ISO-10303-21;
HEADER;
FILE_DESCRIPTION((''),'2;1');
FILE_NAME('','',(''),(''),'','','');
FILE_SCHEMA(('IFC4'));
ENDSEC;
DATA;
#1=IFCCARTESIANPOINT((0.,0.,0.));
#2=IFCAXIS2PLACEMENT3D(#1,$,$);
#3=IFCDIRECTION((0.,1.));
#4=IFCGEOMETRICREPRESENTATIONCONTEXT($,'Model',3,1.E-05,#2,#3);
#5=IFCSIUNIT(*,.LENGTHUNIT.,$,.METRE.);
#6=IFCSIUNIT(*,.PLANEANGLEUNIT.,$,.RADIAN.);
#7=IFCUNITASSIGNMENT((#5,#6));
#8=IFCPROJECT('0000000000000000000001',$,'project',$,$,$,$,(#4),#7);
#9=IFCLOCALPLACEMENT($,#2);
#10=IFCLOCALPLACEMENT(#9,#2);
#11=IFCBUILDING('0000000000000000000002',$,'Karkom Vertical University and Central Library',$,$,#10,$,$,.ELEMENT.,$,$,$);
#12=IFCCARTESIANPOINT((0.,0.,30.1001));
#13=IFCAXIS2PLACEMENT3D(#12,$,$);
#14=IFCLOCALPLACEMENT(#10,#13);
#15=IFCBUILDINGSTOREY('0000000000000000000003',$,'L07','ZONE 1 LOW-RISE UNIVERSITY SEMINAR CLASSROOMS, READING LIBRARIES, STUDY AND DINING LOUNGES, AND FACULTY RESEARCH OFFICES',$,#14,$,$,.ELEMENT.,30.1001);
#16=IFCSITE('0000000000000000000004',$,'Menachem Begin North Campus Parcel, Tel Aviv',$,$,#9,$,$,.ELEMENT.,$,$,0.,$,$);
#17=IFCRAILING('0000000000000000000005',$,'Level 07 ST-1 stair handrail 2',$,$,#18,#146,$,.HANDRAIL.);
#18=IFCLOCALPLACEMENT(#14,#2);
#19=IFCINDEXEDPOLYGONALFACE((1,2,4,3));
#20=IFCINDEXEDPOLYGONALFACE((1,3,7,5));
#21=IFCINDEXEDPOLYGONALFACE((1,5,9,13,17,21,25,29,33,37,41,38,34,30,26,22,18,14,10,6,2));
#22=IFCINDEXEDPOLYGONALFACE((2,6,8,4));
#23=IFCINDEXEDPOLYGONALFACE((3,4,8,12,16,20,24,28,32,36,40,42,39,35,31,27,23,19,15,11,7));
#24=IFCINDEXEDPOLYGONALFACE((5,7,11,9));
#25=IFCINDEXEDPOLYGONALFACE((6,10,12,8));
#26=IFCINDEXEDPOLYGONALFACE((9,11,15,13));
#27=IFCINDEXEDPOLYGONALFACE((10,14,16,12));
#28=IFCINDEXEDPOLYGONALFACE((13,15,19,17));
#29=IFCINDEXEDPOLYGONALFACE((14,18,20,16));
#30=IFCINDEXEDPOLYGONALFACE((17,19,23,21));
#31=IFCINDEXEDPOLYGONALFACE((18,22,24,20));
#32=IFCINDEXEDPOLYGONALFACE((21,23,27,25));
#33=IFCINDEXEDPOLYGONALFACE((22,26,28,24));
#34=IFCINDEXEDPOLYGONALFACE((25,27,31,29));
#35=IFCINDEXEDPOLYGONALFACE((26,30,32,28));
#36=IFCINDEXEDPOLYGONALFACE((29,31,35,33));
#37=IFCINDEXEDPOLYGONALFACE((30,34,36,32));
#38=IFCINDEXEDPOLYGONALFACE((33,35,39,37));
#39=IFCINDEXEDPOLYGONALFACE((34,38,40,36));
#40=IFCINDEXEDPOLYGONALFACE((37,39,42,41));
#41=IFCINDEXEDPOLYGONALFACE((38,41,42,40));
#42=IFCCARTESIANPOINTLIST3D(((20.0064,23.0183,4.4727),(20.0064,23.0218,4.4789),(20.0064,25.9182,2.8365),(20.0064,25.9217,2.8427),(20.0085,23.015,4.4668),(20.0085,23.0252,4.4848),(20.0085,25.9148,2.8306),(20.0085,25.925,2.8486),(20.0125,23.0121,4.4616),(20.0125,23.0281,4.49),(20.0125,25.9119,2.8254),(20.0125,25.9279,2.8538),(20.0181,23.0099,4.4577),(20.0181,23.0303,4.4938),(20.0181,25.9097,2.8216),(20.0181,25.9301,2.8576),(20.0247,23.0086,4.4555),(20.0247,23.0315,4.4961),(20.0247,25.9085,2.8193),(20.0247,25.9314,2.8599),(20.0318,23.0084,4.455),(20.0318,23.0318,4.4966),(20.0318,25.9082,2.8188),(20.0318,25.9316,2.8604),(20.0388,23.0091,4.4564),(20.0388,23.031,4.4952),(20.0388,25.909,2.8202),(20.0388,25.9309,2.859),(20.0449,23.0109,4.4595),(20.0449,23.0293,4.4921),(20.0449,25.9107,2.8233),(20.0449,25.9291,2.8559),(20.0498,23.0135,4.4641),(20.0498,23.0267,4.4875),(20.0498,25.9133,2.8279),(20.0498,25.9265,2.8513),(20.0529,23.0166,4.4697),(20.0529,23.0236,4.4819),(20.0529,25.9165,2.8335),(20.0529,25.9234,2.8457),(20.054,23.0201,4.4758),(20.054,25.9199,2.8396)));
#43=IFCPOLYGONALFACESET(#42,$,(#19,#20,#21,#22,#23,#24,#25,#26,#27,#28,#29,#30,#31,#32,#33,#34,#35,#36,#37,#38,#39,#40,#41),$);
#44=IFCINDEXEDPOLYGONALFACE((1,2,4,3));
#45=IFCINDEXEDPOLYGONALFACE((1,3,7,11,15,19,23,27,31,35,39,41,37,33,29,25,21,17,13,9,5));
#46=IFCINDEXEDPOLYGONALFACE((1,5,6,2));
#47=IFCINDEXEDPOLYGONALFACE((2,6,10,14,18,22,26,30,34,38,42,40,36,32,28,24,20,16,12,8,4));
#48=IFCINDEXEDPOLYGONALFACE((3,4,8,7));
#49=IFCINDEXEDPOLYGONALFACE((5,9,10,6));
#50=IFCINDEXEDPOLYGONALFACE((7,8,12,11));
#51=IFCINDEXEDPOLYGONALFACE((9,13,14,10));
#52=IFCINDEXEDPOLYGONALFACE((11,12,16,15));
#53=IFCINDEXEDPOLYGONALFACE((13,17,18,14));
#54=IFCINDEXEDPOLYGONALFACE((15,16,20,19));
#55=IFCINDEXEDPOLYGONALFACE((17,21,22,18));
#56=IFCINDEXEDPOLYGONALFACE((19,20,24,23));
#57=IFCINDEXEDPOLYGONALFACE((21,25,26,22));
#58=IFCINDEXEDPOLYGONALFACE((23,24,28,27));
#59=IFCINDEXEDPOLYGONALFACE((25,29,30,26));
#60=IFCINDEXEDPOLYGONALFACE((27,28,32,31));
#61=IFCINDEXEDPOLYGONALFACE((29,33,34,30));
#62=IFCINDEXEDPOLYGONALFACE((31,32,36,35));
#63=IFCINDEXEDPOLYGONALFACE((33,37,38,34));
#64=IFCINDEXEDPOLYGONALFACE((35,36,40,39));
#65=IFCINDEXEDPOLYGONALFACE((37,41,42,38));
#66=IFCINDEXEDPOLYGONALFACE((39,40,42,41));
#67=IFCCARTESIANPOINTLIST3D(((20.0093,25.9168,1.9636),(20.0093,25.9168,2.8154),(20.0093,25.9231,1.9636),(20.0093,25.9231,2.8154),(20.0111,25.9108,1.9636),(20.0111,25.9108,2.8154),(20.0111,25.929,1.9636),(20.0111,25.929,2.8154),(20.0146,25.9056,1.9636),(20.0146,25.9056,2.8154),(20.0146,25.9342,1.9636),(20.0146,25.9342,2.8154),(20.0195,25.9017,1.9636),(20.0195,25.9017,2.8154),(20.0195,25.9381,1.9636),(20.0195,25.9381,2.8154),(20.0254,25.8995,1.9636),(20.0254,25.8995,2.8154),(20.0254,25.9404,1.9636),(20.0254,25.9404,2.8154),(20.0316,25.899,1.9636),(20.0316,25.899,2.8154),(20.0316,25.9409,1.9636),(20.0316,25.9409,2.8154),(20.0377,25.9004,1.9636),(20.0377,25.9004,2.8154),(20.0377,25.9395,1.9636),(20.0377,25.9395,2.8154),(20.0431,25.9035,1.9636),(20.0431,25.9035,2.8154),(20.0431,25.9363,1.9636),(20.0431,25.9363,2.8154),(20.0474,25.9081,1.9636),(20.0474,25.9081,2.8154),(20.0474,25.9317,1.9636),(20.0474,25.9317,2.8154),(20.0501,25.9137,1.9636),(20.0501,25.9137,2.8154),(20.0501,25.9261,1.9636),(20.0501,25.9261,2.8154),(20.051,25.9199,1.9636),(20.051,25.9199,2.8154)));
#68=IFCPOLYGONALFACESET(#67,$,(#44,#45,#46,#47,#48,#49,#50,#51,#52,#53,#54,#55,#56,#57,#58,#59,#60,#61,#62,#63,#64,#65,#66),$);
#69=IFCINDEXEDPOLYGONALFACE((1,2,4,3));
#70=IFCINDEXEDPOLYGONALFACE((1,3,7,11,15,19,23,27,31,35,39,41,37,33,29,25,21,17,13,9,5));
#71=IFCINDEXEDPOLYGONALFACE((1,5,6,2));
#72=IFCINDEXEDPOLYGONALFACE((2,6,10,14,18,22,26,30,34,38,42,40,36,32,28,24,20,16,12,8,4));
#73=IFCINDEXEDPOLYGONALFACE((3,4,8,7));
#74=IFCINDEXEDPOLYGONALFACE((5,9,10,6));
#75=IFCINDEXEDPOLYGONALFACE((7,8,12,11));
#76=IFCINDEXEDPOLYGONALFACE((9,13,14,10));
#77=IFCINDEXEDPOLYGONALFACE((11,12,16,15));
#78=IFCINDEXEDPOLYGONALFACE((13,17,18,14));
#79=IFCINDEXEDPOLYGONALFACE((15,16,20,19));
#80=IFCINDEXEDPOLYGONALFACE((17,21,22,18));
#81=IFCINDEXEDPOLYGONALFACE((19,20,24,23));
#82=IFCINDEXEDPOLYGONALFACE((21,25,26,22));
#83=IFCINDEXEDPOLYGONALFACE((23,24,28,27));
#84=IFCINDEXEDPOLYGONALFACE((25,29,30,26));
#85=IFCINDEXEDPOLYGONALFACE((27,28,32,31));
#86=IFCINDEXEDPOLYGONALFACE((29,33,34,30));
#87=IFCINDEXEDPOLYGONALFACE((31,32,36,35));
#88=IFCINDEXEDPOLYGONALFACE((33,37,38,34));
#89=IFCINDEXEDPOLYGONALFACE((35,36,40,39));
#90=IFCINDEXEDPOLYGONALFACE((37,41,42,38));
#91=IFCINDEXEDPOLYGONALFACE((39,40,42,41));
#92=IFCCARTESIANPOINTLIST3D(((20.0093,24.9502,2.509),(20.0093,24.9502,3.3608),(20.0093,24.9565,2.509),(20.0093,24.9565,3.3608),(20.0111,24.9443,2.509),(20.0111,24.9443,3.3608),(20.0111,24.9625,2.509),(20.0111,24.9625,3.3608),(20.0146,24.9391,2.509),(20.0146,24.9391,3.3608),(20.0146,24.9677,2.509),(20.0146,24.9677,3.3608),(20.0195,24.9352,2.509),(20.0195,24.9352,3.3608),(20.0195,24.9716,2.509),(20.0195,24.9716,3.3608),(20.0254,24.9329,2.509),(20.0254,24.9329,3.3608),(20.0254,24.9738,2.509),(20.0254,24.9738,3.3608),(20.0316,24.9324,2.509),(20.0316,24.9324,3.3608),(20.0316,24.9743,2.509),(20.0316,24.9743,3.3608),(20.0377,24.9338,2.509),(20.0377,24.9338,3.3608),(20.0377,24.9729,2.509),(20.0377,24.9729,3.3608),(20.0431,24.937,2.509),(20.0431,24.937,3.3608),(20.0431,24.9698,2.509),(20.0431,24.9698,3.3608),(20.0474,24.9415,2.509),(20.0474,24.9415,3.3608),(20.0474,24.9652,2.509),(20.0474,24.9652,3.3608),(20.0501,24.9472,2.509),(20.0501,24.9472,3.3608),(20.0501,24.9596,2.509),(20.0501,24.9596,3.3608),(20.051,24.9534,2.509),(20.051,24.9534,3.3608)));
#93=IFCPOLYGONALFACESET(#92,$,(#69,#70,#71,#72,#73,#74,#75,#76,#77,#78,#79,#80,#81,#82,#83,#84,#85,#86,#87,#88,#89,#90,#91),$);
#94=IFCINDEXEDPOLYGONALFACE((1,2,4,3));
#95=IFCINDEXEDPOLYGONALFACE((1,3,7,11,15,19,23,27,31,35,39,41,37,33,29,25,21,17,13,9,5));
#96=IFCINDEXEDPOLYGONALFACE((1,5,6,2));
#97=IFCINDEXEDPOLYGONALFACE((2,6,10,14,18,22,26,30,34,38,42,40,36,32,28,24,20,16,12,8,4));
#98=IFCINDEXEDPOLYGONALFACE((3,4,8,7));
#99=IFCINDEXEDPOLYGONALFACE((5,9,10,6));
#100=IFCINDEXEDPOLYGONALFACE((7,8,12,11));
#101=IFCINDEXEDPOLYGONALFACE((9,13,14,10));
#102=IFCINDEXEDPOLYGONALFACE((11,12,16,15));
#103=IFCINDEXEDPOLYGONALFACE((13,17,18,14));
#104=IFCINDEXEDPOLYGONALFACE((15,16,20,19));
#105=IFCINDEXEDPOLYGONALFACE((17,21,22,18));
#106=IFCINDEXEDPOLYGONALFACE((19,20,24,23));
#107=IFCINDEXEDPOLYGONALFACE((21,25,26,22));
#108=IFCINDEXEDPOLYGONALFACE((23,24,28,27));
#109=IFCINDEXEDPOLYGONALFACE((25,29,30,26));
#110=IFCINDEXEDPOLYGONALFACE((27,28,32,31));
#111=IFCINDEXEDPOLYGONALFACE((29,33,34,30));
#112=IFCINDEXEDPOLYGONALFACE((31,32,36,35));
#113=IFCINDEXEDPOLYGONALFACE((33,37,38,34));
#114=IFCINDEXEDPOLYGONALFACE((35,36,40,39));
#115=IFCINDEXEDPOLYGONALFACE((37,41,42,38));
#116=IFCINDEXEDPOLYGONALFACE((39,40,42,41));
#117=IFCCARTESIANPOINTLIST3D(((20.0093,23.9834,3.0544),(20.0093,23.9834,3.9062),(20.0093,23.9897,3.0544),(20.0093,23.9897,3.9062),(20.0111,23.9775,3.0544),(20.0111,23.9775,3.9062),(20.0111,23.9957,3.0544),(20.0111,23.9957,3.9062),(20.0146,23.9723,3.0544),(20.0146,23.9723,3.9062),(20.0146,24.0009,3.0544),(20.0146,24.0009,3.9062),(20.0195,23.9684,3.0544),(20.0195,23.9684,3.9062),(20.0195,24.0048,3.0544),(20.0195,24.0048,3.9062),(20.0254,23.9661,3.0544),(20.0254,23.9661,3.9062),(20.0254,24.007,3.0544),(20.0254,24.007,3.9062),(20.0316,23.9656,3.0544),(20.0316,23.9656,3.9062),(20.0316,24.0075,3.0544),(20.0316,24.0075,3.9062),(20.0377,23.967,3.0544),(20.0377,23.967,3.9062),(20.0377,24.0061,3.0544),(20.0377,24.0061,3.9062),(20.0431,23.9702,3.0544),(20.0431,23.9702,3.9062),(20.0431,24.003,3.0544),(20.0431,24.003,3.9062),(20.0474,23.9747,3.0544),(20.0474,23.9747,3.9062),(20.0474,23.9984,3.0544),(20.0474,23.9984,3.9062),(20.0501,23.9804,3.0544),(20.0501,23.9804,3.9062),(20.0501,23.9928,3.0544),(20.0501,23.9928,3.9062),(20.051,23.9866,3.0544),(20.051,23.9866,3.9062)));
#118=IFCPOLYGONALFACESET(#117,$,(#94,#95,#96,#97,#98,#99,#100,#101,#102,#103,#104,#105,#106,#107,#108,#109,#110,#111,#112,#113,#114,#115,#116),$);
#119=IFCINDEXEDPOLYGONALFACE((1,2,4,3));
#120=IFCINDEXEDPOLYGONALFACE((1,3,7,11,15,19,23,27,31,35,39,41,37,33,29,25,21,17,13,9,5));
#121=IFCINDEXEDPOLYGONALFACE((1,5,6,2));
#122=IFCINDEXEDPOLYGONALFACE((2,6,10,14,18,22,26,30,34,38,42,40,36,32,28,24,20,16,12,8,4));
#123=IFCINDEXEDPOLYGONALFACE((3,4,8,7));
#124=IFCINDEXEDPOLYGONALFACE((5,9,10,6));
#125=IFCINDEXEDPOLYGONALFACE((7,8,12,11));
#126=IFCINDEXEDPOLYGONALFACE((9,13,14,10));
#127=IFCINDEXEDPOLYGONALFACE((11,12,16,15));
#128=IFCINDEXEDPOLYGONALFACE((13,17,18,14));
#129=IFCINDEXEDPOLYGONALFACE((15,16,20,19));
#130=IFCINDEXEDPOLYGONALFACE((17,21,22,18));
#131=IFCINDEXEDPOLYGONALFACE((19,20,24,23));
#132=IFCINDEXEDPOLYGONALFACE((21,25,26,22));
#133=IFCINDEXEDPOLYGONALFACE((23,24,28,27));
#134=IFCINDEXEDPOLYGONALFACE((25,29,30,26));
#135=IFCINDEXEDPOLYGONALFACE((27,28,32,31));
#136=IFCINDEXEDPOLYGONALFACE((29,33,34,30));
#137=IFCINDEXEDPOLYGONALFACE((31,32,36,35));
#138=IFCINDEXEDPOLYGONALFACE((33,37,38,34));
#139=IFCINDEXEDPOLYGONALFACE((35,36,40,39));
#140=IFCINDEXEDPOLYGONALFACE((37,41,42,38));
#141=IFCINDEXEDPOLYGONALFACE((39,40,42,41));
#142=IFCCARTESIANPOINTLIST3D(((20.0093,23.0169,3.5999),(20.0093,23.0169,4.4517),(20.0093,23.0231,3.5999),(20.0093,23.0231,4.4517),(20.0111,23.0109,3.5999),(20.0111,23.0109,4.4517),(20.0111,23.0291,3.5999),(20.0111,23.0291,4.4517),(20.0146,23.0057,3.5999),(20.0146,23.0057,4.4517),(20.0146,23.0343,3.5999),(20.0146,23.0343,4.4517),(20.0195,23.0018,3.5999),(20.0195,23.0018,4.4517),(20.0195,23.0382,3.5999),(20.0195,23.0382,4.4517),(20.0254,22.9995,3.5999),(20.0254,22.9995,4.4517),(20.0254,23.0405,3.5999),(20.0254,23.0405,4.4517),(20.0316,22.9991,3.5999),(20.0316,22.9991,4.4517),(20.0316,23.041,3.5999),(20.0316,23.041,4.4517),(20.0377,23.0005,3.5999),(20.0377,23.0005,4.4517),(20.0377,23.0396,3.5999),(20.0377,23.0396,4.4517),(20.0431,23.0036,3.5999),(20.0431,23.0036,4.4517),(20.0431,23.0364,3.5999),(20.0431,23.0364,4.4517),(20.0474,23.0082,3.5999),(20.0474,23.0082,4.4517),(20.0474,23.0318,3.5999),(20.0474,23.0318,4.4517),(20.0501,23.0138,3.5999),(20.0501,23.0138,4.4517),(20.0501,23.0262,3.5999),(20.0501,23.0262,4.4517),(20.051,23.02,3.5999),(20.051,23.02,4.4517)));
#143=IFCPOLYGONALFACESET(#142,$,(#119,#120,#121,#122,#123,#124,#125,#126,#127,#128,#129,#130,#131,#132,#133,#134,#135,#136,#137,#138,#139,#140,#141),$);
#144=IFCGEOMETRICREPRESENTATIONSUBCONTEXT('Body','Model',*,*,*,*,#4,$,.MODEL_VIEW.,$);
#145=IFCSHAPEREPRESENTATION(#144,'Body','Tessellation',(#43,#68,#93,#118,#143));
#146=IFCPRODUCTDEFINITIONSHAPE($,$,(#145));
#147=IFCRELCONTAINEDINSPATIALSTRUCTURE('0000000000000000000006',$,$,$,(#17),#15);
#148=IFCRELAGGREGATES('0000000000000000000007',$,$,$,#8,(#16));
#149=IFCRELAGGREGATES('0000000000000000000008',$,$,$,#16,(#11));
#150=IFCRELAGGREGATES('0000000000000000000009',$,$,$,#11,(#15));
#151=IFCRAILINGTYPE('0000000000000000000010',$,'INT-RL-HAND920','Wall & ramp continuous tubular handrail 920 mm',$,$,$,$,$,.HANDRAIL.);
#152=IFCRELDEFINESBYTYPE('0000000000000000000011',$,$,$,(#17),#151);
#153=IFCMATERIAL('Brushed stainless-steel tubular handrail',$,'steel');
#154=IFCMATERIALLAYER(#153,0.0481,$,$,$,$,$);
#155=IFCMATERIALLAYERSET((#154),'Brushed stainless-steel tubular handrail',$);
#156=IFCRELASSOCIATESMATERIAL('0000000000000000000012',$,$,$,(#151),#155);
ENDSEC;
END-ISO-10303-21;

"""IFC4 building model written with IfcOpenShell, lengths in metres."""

from ifc_helpers import new_model, si_unit, direction, frame, origin, origin_2d, place, context, subcontext, project, spatial, circle, extrude, material, layer, layer_set, type_object, element, save


model = new_model("IFC4")

# Units and contexts
model_context = context("Model", 3, precision=1e-05, world=origin(), true_north=direction((0.0, 1.0)))
body_context = subcontext(model_context, "Body", "Model", "MODEL_VIEW")
ifc_project = project(units=[si_unit("LENGTHUNIT", "METRE"), si_unit("PLANEANGLEUNIT", "RADIAN")], contexts=[model_context])

# Site, building, storey
site_placement = place(None, origin())
site = spatial("IfcSite", under=ifc_project, at=site_placement, Name="Menachem Begin North Campus Parcel, Tel Aviv", CompositionType="ELEMENT", RefElevation=0.0)
building_placement = place(site_placement, origin())
building = spatial("IfcBuilding", under=site, at=building_placement, Name="Karkom Vertical University and Central Library", CompositionType="ELEMENT")
storey_placement = place(building_placement, frame((0.0, 0.0, 30.1001)))
storey = spatial("IfcBuildingStorey", under=building, at=storey_placement, Name="L07", Description="ZONE 1 LOW-RISE UNIVERSITY SEMINAR CLASSROOMS, READING LIBRARIES, STUDY AND DINING LOUNGES, AND FACULTY RESEARCH OFFICES", CompositionType="ELEMENT", Elevation=30.1001)

# Railing
ifc_material_1 = material(Name="Brushed stainless-steel tubular handrail", Category="steel")
ifc_layer_1 = layer(ifc_material_1, 0.0481)
ifc_layer_set_1 = layer_set([ifc_layer_1], Name="Brushed stainless-steel tubular handrail")
railing_type_1 = type_object("IfcRailingType", Name="INT-RL-HAND920", Description="Wall & ramp continuous tubular handrail 920 mm", PredefinedType="HANDRAIL", material=ifc_layer_set_1)
railing_1_placement = place(storey_placement, frame((20.03, 25.9199, 1.9636)))
element("IfcRailing", 1, at=railing_1_placement, inside=storey, type_object=railing_type_1, Name="Level 07 ST-1 stair handrail 2", PredefinedType="HANDRAIL", context=body_context, shape_type="SweptSolid", body=[
    extrude(circle(Radius=0.0239, at=origin_2d()), frame((0.0, 0.0, 0.876), z_axis=(0.0, -0.870929, 0.49141), x_axis=(1.0, 0.0, 0.0)), (0.0, 0.0, 1.0), 3.3296),
    extrude(circle(Radius=0.021, at=origin_2d()), origin(), (0.0, 0.0, 1.0), 0.8518),
    extrude(circle(Radius=0.021, at=origin_2d()), frame((0.0, -0.9666, 0.5454)), (0.0, 0.0, 1.0), 0.8518),
    extrude(circle(Radius=0.021, at=origin_2d()), frame((0.0, -1.9333, 1.0908)), (0.0, 0.0, 1.0), 0.8518),
    extrude(circle(Radius=0.021, at=origin_2d()), frame((0.0, -2.8999, 1.6362)), (0.0, 0.0, 1.0), 0.8518),
])

save(model, "model.ifc")
